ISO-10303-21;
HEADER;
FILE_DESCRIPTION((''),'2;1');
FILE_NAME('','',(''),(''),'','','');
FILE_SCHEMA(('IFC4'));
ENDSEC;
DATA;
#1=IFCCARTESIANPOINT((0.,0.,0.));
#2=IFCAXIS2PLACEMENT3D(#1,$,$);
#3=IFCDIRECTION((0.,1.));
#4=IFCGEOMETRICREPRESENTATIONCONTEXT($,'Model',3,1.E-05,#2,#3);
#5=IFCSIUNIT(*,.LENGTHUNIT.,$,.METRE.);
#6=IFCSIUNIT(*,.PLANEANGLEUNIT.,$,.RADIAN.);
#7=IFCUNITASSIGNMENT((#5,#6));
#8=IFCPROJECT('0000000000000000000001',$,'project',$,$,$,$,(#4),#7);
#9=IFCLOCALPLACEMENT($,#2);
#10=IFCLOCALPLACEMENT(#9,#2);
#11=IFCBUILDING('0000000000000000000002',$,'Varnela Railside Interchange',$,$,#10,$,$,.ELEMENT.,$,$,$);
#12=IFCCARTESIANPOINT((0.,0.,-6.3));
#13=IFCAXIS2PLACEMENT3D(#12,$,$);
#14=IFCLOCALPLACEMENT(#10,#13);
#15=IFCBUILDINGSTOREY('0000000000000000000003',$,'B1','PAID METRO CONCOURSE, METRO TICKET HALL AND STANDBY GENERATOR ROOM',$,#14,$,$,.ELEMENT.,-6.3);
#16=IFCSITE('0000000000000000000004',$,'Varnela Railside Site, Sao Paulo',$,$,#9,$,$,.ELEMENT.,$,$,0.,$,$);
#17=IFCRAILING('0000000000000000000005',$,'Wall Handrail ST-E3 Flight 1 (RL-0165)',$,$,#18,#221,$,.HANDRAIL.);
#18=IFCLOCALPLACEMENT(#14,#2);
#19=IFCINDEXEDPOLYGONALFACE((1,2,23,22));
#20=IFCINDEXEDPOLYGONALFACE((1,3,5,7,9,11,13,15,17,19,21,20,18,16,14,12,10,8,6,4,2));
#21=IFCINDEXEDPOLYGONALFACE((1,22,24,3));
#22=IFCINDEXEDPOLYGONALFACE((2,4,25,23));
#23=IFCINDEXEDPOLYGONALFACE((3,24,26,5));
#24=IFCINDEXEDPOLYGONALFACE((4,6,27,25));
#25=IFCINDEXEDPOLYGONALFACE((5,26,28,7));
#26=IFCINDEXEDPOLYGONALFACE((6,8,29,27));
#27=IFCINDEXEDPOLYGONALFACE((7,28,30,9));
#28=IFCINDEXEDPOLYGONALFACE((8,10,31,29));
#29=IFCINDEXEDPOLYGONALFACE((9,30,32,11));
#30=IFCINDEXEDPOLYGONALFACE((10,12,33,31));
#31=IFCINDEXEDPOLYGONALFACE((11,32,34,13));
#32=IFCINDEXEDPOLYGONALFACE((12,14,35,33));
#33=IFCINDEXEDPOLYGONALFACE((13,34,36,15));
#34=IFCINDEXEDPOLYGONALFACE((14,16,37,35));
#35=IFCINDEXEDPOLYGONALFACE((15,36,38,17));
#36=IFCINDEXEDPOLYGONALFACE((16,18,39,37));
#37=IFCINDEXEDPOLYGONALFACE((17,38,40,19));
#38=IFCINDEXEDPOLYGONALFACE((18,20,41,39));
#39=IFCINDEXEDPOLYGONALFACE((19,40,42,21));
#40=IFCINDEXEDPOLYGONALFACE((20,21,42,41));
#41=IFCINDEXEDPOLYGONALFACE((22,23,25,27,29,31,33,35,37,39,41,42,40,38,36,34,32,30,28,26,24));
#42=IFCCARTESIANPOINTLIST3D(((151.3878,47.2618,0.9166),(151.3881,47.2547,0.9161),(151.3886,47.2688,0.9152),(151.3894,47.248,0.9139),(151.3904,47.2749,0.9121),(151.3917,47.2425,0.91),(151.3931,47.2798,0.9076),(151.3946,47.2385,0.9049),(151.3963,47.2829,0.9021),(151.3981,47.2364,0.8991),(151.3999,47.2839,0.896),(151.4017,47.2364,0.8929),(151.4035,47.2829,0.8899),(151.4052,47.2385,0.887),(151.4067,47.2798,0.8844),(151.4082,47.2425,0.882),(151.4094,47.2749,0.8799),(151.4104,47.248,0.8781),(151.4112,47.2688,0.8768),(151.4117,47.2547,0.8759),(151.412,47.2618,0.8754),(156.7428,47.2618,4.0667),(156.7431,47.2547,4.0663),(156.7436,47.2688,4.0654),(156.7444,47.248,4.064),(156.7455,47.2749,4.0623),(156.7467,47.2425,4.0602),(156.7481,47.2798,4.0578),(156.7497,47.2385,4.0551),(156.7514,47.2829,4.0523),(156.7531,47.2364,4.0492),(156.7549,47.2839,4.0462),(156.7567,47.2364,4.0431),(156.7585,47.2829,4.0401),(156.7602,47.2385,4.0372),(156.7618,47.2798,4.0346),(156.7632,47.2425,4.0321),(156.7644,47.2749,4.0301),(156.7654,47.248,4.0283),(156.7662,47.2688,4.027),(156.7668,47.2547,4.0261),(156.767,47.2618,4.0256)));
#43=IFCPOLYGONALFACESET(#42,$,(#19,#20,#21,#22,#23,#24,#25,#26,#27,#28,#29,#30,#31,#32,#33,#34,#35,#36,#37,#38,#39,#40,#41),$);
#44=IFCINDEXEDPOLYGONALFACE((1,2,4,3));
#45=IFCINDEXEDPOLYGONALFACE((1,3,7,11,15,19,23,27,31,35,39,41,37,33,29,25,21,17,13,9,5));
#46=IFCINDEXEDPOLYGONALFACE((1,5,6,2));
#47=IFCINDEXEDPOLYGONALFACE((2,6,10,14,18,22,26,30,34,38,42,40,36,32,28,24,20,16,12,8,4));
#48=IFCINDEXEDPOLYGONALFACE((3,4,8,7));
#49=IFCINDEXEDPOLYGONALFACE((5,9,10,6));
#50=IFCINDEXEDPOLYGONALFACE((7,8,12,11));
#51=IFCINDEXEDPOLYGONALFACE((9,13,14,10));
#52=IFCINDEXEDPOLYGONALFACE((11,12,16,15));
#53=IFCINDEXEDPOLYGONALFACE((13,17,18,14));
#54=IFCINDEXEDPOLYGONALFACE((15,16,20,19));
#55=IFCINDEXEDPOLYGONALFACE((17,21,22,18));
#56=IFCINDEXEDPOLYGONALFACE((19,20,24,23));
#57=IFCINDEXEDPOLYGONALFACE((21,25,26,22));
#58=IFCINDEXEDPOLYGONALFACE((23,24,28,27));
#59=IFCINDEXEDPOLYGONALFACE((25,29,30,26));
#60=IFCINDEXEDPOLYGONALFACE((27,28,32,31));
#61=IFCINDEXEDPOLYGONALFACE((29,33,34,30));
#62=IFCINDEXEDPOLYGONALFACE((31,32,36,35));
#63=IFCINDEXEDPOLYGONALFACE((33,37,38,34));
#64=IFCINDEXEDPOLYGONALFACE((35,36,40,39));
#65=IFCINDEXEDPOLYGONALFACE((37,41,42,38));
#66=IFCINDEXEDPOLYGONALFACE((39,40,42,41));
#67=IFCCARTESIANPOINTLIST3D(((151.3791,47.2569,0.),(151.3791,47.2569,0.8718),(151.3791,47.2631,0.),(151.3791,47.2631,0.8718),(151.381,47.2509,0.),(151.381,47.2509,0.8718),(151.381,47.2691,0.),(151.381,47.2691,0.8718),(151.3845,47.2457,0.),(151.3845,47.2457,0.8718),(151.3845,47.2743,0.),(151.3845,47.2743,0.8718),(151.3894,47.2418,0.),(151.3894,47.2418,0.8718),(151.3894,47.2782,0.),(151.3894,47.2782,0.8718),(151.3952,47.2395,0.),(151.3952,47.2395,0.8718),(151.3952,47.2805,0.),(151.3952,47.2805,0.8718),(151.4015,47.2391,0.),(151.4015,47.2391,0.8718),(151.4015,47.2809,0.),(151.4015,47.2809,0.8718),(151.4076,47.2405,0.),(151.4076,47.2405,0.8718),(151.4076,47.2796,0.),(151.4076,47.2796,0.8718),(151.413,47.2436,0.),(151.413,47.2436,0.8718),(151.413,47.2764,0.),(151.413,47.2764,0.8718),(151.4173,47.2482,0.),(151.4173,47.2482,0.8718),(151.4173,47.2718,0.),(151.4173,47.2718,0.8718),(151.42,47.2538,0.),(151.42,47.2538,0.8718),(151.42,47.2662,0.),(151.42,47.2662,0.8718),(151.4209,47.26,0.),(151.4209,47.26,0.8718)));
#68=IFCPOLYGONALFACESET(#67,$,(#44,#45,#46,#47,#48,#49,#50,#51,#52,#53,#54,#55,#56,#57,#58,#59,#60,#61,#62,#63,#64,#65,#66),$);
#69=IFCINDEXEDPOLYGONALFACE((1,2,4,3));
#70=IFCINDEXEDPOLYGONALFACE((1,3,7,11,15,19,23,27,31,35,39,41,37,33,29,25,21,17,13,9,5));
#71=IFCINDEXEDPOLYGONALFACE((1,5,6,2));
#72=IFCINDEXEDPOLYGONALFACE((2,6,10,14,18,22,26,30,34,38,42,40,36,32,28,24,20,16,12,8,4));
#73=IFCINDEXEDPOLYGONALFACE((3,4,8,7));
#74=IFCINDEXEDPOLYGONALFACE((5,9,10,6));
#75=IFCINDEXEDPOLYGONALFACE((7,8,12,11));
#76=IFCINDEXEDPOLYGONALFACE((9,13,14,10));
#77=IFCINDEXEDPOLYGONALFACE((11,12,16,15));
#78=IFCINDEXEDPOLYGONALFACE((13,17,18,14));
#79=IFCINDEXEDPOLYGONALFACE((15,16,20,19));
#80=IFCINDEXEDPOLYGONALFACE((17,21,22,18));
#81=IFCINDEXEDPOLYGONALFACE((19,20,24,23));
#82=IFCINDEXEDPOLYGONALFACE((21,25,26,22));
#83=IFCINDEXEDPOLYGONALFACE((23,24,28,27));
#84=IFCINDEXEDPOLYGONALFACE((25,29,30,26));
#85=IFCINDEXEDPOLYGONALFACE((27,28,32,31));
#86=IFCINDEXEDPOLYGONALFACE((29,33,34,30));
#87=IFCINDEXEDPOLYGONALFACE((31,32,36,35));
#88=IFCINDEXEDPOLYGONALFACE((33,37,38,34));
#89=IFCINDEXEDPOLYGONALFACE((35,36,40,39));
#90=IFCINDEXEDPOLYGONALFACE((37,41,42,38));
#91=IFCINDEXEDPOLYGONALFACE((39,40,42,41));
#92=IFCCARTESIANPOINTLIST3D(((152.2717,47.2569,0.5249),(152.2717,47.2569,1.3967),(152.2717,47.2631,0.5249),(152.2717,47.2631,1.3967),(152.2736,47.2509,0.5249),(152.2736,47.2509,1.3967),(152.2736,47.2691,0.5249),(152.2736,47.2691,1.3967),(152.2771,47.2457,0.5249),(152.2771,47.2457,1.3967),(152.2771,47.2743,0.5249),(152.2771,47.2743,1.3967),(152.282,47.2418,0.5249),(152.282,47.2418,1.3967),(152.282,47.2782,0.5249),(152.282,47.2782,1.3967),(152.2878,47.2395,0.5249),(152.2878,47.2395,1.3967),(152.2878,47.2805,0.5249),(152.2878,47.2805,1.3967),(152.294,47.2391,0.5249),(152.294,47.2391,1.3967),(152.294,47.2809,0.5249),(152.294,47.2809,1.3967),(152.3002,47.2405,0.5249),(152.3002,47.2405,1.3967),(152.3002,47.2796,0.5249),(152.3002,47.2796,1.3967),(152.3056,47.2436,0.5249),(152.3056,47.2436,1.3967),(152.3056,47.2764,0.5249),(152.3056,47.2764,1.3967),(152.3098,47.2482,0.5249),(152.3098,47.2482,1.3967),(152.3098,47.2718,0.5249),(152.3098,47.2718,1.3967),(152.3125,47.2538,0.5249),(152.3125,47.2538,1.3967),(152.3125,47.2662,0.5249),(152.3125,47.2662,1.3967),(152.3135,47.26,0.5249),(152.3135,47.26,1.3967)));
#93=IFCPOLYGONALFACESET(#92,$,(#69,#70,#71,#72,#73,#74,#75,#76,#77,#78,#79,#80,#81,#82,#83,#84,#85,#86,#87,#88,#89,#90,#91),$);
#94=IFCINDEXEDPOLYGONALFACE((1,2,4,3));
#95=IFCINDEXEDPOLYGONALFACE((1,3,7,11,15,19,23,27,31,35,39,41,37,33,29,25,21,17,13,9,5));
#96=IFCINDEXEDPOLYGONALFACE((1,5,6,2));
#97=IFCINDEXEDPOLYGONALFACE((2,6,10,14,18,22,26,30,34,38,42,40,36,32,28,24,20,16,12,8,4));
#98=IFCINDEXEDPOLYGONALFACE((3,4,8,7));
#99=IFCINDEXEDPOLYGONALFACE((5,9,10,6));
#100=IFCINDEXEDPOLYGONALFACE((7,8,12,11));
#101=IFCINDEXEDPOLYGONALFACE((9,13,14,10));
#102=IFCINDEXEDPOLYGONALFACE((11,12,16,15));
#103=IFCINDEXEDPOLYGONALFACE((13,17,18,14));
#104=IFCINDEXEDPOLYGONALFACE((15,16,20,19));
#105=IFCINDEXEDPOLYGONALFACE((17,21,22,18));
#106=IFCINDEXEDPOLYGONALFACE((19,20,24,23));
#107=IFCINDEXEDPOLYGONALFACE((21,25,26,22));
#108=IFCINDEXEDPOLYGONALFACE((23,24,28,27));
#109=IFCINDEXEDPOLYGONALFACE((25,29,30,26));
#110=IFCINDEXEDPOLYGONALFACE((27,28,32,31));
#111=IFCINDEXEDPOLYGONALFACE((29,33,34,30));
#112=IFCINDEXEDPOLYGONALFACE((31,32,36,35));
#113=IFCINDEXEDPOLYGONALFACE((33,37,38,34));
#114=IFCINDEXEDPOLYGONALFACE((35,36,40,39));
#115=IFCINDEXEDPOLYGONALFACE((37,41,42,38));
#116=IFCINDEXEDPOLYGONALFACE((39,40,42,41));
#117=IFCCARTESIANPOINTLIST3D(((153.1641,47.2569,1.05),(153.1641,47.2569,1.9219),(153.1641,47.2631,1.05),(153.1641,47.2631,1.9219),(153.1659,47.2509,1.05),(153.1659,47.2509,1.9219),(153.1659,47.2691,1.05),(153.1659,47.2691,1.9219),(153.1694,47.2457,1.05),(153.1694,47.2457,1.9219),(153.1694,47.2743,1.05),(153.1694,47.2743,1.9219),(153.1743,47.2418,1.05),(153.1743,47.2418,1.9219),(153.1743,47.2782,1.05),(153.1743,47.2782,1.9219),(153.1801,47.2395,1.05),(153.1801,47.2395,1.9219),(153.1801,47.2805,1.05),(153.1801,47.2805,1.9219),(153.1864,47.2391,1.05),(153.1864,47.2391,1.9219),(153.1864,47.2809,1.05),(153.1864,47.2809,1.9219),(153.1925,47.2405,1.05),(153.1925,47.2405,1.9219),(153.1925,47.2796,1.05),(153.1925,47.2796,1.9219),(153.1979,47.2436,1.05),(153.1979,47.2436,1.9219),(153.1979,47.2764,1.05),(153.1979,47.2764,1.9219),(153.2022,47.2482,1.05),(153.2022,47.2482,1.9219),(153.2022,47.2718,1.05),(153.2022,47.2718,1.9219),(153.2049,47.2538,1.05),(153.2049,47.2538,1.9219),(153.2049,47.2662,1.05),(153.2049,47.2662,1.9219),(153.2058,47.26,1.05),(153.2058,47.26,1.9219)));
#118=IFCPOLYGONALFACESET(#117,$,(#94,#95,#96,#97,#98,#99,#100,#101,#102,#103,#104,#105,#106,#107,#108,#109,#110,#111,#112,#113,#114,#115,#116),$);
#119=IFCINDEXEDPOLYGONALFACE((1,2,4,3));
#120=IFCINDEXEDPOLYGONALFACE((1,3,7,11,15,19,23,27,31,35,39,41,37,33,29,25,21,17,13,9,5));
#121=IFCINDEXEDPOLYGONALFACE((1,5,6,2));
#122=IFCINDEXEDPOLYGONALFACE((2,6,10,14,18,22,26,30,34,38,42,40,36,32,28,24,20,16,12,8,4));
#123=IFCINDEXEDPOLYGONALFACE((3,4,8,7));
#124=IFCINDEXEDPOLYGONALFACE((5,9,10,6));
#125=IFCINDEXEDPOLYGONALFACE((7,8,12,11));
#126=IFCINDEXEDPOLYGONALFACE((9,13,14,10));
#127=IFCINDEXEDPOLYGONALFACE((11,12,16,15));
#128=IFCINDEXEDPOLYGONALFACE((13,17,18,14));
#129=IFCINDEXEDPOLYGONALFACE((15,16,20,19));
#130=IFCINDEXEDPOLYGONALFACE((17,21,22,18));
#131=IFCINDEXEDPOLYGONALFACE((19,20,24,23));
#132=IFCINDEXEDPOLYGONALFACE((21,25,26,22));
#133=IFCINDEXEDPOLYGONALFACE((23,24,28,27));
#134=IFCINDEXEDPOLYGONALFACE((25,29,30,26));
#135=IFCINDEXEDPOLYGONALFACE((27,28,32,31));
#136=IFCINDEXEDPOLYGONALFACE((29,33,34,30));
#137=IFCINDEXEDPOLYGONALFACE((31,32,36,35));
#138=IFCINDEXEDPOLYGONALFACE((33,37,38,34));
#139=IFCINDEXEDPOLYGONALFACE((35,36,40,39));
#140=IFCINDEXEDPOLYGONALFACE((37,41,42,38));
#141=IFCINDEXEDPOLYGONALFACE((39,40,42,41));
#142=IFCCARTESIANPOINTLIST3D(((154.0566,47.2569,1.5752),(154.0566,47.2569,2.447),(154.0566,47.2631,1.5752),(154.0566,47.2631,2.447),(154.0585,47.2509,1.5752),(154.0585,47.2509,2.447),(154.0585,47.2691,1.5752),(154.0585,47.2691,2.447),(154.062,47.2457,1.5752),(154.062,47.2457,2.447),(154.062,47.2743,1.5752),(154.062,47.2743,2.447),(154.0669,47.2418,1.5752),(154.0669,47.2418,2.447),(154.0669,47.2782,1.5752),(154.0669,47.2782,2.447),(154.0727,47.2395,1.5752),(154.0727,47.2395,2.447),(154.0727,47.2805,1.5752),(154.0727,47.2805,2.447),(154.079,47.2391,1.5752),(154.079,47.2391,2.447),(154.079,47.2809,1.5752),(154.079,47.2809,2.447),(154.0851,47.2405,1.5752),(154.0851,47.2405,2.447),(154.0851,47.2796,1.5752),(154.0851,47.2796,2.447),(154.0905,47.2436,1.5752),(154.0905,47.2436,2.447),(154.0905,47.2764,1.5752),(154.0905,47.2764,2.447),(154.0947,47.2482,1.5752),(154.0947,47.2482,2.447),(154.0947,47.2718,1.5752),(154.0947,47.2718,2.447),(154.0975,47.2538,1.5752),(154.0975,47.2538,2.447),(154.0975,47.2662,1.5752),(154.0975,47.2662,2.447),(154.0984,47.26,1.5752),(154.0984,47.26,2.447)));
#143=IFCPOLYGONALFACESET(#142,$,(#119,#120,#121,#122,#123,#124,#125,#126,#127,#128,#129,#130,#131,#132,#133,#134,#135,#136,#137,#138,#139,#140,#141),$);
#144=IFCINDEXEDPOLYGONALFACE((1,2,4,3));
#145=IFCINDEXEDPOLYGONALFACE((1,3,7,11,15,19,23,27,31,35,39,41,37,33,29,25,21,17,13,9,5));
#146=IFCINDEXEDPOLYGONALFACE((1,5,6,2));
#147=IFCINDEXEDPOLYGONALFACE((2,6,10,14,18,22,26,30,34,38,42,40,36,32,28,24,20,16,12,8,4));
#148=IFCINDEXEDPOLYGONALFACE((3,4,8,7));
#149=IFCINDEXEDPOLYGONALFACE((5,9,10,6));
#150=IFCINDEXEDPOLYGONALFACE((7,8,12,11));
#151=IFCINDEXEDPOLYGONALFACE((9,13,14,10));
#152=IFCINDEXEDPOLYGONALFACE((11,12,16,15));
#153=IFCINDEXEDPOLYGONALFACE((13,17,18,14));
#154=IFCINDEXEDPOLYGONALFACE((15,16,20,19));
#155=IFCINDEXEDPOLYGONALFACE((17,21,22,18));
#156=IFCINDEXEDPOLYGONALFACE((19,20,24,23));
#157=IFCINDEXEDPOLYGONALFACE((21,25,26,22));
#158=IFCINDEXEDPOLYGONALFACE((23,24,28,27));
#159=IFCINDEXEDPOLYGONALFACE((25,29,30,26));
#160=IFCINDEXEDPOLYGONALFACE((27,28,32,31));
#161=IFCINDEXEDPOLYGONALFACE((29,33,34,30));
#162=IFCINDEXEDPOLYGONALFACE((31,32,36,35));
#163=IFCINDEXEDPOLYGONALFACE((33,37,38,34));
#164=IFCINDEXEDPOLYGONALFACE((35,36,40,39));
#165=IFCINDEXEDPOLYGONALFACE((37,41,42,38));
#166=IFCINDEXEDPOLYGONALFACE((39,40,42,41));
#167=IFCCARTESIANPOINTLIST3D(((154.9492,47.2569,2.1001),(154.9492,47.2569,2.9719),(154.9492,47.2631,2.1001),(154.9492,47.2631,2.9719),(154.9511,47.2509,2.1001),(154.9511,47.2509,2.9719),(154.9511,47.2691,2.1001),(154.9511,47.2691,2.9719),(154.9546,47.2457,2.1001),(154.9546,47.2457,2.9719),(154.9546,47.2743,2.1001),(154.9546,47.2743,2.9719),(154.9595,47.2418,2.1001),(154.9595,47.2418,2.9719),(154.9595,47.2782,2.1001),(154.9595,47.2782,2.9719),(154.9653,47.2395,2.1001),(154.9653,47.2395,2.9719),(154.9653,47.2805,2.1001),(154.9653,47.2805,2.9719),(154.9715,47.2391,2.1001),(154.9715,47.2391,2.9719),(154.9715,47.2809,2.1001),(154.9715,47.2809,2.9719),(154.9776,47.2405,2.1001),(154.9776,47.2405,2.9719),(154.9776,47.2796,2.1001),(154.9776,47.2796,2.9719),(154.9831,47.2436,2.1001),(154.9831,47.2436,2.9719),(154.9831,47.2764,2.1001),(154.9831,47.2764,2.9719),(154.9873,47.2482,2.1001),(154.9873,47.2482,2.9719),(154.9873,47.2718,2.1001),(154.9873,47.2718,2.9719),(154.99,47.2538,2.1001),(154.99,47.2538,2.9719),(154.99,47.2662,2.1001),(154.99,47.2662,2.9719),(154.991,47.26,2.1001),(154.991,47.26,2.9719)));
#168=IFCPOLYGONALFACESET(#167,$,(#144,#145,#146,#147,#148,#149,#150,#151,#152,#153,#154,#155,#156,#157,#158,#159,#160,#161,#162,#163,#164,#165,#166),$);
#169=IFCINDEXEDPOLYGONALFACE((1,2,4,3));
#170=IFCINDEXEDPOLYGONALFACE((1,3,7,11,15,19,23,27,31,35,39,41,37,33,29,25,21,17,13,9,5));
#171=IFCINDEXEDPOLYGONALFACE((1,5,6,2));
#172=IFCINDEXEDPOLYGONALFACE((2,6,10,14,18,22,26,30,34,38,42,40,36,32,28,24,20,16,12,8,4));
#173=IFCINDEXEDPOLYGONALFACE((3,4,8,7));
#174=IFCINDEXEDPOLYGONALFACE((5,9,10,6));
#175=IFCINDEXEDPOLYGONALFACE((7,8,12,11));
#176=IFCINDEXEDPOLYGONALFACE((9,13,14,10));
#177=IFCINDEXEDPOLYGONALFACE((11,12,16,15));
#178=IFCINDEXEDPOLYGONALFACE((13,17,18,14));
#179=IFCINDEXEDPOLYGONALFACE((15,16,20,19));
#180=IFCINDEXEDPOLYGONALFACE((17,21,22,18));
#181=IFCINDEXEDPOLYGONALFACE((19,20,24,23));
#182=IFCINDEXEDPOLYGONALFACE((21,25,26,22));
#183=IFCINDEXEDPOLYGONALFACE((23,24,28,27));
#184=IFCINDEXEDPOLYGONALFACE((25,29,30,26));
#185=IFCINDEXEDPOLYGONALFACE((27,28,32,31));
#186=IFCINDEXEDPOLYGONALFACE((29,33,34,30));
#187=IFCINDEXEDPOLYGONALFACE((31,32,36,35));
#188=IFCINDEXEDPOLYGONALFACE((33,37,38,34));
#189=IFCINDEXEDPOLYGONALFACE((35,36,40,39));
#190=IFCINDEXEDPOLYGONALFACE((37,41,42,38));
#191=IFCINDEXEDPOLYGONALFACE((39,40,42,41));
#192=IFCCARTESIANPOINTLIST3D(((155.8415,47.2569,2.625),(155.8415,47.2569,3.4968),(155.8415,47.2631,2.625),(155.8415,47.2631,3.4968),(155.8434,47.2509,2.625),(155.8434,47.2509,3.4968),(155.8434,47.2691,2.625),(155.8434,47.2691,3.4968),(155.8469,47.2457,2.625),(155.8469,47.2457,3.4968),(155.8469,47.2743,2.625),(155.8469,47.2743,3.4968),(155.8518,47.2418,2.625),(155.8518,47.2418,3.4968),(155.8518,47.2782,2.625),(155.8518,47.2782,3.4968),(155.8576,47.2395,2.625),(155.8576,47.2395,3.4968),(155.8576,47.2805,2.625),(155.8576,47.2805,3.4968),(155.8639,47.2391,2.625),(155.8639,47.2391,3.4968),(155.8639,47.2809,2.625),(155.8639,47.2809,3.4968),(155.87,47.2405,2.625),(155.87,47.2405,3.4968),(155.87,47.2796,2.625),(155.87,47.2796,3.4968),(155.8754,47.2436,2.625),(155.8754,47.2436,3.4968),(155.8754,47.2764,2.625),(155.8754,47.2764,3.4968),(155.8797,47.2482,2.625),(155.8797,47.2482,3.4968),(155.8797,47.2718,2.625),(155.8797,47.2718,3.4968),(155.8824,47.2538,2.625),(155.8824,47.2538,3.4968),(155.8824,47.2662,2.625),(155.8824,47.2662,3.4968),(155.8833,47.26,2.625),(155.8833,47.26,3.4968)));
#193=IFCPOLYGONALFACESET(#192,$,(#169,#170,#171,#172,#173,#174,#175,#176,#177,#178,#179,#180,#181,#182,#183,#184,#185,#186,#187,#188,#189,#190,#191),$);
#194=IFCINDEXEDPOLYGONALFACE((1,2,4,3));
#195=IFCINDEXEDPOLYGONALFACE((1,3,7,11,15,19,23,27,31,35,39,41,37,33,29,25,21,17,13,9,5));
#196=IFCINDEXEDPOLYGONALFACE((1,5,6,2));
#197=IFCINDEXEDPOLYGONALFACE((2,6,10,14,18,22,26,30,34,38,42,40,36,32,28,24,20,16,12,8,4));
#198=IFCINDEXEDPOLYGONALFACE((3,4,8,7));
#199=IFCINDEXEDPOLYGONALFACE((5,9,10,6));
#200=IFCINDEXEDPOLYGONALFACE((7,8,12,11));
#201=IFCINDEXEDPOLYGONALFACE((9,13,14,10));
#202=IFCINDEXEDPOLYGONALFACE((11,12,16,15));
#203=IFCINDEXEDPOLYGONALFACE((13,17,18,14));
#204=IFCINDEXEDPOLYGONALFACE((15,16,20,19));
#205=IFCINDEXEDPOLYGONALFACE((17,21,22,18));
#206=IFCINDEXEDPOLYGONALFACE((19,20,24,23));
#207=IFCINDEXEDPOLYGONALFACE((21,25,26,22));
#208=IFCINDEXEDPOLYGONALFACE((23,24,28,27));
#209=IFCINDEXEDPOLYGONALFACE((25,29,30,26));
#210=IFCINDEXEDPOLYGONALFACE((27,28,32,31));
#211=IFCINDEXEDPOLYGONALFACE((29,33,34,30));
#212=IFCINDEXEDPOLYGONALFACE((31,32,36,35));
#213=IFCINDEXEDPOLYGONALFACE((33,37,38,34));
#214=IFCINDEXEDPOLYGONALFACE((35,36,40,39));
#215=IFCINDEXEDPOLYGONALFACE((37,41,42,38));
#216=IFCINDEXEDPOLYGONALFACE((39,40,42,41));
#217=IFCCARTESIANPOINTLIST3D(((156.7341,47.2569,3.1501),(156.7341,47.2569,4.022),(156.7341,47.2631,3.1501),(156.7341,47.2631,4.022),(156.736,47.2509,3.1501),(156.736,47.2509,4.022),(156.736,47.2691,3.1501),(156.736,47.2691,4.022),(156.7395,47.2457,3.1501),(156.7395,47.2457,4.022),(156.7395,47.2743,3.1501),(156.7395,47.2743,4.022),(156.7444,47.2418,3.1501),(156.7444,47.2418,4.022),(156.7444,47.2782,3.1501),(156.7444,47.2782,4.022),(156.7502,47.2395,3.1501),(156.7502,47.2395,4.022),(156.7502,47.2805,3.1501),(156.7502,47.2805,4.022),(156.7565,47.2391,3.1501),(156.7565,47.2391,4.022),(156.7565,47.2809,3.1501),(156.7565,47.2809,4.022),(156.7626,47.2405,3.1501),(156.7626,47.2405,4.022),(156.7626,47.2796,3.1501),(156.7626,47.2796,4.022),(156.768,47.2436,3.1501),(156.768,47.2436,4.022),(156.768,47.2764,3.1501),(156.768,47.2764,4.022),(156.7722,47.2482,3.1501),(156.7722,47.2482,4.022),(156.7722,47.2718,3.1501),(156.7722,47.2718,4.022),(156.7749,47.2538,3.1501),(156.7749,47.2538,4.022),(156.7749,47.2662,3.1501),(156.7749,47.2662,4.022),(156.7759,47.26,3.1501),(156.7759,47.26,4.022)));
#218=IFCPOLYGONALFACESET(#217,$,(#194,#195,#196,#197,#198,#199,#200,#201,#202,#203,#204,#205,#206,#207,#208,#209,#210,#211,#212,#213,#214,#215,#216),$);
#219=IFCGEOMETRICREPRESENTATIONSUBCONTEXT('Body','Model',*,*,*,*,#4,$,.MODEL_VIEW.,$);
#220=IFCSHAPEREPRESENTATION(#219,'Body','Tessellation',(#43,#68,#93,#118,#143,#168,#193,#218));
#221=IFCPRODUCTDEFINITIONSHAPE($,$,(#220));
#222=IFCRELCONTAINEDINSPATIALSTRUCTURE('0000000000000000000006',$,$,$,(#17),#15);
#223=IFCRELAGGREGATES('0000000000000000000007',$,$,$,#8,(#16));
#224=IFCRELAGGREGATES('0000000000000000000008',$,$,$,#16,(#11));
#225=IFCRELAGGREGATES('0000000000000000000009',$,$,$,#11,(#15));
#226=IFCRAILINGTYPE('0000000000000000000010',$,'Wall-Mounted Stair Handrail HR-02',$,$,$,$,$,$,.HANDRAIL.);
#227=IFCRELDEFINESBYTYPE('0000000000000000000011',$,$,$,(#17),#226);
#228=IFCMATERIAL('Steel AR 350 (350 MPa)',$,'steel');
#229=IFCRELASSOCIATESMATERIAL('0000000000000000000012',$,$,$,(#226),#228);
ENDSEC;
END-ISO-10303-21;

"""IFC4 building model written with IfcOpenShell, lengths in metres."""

from ifc_helpers import new_model, si_unit, direction, frame, origin, origin_2d, place, context, subcontext, project, spatial, circle, extrude, material, type_object, element, save


model = new_model("IFC4")

# Units and contexts
model_context = context("Model", 3, precision=1e-05, world=origin(), true_north=direction((0.0, 1.0)))
body_context = subcontext(model_context, "Body", "Model", "MODEL_VIEW")
ifc_project = project(units=[si_unit("LENGTHUNIT", "METRE"), si_unit("PLANEANGLEUNIT", "RADIAN")], contexts=[model_context])

# Site, building, storey
site_placement = place(None, origin())
site = spatial("IfcSite", under=ifc_project, at=site_placement, Name="Varnela Railside Site, Sao Paulo", CompositionType="ELEMENT", RefElevation=0.0)
building_placement = place(site_placement, origin())
building = spatial("IfcBuilding", under=site, at=building_placement, Name="Varnela Railside Interchange", CompositionType="ELEMENT")
storey_placement = place(building_placement, frame((0.0, 0.0, -6.3)))
storey = spatial("IfcBuildingStorey", under=building, at=storey_placement, Name="B1", Description="PAID METRO CONCOURSE, METRO TICKET HALL AND STANDBY GENERATOR ROOM", CompositionType="ELEMENT", Elevation=-6.3)

# Railing
ifc_material_1 = material(Name="Steel AR 350 (350 MPa)", Category="steel")
railing_type_1 = type_object("IfcRailingType", Name="Wall-Mounted Stair Handrail HR-02", PredefinedType="HANDRAIL", material=ifc_material_1)
railing_1_placement = place(storey_placement, frame((151.3999, 47.26, 0.0)))
element("IfcRailing", 1, at=railing_1_placement, inside=storey, type_object=railing_type_1, Name="Wall Handrail ST-E3 Flight 1 (RL-0165)", PredefinedType="HANDRAIL", context=body_context, shape_type="SweptSolid", body=[
    extrude(circle(Radius=0.0239, at=origin_2d()), frame((0.0, 0.0, 0.896), z_axis=(0.861923, 0.0, 0.507039), x_axis=(0.0, 1.0, 0.0)), (0.0, 0.0, 1.0), 6.2129),
    extrude(circle(Radius=0.021, at=origin_2d()), origin(), (0.0, 0.0, 1.0), 0.8718),
    extrude(circle(Radius=0.021, at=origin_2d()), frame((0.8926, 0.0, 0.5249)), (0.0, 0.0, 1.0), 0.8718),
    extrude(circle(Radius=0.021, at=origin_2d()), frame((1.7849, 0.0, 1.05)), (0.0, 0.0, 1.0), 0.8718),
    extrude(circle(Radius=0.021, at=origin_2d()), frame((2.6775, 0.0, 1.5752)), (0.0, 0.0, 1.0), 0.8718),
    extrude(circle(Radius=0.021, at=origin_2d()), frame((3.5701, 0.0, 2.1001)), (0.0, 0.0, 1.0), 0.8718),
    extrude(circle(Radius=0.021, at=origin_2d()), frame((4.4624, 0.0, 2.625)), (0.0, 0.0, 1.0), 0.8718),
    extrude(circle(Radius=0.021, at=origin_2d()), frame((5.355, 0.0, 3.1501)), (0.0, 0.0, 1.0), 0.8718),
])

save(model, "model.ifc")
